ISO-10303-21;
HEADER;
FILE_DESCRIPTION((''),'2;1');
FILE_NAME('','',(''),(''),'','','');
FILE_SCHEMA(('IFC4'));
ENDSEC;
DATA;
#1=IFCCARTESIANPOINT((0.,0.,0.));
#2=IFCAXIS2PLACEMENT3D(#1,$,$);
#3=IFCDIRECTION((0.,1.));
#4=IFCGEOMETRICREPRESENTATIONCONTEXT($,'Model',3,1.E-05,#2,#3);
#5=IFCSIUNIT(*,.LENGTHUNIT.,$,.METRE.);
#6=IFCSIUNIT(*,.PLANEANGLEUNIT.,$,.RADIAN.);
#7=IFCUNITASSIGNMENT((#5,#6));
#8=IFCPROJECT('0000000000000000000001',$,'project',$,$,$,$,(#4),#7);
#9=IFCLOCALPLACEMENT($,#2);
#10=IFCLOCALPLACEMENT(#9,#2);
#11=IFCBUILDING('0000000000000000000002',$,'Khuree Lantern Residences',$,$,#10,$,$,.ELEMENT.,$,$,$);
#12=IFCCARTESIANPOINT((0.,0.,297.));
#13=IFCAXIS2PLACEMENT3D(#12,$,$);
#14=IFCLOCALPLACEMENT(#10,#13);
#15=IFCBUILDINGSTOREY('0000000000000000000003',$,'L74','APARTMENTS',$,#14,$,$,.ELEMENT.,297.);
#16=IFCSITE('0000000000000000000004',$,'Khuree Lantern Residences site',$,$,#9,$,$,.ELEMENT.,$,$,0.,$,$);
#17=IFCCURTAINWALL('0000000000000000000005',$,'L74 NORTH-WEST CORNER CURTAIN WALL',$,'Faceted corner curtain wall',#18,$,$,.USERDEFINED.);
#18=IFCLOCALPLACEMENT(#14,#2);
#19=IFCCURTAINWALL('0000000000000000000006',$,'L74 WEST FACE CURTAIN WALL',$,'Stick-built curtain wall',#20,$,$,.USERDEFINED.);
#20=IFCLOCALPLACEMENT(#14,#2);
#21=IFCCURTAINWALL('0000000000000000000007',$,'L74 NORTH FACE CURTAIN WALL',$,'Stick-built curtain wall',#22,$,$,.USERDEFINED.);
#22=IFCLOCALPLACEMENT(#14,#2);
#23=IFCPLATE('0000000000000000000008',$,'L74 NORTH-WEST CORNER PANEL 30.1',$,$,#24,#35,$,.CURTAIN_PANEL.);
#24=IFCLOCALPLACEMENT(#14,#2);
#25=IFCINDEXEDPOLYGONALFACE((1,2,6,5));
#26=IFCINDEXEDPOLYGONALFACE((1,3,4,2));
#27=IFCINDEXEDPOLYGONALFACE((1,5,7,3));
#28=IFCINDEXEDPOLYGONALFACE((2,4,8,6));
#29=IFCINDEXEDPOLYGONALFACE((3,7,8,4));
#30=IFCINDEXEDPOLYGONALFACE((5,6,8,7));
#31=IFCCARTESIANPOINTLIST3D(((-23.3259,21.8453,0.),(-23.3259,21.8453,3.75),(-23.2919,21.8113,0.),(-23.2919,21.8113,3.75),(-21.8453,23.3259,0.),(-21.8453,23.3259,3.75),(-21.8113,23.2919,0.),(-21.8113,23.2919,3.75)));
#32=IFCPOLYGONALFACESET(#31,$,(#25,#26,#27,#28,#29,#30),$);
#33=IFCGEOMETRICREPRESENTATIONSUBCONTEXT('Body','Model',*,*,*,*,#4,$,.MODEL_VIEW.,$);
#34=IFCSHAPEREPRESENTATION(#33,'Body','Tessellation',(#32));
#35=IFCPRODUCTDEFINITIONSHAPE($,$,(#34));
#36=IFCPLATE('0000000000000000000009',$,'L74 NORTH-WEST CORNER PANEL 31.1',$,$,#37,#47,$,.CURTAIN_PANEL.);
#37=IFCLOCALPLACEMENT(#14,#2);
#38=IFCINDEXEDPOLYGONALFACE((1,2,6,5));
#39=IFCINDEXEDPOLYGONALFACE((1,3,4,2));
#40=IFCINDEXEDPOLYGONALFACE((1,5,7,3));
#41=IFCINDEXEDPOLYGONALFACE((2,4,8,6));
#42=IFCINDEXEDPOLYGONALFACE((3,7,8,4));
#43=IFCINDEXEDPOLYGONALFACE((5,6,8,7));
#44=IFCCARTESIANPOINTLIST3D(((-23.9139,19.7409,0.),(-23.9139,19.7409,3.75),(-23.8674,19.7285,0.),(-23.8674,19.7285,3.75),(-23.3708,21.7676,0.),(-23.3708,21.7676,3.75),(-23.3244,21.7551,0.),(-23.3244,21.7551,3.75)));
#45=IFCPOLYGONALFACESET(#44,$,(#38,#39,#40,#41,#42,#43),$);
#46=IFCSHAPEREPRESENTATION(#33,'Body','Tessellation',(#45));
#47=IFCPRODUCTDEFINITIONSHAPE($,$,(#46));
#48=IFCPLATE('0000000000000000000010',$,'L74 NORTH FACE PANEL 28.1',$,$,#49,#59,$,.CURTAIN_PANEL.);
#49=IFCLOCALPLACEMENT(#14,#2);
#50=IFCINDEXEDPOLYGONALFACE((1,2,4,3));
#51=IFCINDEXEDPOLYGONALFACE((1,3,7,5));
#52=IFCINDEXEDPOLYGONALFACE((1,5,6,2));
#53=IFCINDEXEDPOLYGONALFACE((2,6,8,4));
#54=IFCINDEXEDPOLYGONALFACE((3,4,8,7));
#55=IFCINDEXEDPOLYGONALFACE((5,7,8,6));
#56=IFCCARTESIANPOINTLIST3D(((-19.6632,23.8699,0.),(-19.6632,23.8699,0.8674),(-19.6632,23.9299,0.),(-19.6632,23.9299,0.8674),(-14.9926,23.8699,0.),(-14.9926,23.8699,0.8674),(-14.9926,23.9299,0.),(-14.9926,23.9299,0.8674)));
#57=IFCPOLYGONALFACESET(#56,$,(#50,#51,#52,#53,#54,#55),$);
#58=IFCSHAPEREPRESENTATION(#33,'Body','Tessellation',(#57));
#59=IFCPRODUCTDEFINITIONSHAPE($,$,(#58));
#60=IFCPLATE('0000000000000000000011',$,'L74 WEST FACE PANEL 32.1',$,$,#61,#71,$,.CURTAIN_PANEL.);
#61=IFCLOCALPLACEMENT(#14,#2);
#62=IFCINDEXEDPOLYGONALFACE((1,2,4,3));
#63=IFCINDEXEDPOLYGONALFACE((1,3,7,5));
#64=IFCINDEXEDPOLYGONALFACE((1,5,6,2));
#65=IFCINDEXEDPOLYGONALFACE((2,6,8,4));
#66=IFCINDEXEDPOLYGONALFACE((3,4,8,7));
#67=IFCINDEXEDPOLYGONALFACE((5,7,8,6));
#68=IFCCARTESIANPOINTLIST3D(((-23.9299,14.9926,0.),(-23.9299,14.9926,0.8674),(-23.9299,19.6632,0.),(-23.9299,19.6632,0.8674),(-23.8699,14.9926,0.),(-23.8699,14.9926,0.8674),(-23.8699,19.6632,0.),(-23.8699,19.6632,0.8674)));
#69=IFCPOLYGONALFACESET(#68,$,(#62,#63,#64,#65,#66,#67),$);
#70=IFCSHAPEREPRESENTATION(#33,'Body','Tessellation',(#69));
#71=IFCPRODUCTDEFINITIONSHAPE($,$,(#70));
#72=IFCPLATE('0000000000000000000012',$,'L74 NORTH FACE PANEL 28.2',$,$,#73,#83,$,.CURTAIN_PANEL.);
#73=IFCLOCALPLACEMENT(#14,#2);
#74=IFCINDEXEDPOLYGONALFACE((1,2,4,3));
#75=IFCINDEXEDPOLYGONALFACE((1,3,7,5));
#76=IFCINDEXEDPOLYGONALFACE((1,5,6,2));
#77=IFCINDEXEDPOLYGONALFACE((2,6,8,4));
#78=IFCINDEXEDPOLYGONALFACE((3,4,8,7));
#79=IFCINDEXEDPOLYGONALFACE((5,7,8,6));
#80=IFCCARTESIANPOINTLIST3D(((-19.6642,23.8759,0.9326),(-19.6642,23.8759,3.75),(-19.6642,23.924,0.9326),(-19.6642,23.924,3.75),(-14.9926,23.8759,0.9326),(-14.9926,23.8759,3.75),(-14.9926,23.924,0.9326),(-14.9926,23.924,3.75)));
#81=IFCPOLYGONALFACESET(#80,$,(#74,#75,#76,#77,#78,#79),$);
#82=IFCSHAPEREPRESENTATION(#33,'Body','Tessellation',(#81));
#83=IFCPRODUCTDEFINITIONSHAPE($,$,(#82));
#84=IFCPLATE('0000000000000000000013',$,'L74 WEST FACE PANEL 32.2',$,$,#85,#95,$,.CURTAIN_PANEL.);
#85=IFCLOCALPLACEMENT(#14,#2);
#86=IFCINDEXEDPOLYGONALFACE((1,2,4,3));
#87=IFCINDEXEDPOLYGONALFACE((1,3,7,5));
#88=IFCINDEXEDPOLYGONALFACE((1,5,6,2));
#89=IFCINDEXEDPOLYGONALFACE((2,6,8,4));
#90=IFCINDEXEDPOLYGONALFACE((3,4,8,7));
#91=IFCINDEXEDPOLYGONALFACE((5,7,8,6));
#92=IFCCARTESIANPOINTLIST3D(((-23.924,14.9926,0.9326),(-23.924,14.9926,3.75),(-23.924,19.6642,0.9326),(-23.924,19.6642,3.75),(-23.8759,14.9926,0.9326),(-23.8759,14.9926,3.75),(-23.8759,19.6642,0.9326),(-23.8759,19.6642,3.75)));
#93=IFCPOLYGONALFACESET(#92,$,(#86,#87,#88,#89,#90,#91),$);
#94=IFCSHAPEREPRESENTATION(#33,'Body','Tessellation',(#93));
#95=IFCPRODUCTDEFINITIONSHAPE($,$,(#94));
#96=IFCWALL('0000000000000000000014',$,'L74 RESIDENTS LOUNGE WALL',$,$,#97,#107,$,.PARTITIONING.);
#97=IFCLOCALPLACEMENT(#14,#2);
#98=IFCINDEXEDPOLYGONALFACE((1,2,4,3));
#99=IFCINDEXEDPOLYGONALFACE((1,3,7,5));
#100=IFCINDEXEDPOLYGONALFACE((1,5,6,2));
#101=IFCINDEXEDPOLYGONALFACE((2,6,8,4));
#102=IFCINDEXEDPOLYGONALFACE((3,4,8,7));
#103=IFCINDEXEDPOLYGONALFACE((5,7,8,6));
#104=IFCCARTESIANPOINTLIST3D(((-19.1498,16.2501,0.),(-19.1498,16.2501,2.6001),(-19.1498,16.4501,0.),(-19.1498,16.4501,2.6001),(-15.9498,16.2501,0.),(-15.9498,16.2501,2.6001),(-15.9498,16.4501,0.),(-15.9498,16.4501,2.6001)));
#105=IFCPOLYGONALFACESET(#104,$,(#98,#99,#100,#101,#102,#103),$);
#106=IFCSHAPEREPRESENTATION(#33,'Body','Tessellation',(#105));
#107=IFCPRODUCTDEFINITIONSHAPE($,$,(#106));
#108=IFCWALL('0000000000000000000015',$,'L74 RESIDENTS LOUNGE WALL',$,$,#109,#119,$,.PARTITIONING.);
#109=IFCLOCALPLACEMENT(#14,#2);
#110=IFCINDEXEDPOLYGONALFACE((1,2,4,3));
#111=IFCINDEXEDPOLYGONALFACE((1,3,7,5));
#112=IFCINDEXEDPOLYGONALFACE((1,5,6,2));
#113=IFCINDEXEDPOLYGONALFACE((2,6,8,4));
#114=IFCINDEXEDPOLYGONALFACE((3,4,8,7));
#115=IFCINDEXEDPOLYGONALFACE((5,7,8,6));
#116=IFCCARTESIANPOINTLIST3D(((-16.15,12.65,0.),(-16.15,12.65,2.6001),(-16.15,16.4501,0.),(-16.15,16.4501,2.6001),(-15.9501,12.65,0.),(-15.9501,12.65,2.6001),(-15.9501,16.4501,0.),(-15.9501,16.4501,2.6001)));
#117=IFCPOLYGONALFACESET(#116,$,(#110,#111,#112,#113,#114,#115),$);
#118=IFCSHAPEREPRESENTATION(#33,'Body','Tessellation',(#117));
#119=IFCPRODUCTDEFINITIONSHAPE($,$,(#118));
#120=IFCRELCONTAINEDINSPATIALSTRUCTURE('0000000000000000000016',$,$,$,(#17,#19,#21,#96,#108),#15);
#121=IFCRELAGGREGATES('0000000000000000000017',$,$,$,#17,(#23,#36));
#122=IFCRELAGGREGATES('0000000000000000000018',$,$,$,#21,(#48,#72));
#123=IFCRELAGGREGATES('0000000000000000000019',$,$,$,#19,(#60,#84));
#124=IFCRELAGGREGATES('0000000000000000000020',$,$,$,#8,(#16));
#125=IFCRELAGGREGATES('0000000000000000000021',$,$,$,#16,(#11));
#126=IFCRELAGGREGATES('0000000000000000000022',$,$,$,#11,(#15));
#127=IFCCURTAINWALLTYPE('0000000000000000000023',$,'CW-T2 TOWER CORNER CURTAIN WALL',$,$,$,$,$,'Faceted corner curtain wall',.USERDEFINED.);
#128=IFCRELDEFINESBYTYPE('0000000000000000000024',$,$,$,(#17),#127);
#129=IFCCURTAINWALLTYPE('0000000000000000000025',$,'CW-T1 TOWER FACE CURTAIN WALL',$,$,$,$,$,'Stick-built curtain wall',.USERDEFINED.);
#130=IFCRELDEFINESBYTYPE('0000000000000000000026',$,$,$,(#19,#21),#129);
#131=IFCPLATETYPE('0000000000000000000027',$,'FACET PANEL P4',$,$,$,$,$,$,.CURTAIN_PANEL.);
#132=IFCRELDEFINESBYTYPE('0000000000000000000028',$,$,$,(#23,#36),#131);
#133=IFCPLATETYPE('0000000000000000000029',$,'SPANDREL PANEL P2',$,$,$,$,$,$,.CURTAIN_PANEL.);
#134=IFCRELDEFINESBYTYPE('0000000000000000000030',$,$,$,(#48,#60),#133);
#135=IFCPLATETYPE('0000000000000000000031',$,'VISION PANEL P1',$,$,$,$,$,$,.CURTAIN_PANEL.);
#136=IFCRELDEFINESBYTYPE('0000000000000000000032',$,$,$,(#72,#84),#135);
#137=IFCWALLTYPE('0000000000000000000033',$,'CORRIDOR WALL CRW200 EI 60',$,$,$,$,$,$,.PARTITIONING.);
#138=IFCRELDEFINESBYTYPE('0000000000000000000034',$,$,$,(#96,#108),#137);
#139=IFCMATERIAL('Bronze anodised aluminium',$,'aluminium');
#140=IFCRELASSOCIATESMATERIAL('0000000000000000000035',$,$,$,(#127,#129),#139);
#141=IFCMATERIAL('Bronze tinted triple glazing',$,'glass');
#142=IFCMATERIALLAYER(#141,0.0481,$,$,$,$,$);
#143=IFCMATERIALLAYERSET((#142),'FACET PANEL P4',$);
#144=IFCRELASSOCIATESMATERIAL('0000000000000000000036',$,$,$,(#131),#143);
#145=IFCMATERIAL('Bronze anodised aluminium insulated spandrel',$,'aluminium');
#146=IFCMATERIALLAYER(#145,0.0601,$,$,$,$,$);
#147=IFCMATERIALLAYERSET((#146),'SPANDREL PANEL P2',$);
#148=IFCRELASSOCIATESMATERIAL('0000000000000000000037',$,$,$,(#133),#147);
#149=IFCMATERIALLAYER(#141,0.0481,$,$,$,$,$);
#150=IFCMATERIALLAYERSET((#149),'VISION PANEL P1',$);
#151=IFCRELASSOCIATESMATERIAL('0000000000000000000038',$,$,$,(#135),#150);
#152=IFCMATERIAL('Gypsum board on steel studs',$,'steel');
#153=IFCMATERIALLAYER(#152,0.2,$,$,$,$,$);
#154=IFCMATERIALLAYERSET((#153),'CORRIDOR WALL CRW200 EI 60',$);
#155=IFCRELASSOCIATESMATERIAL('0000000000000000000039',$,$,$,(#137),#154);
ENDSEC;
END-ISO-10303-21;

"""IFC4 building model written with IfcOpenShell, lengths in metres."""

from ifc_helpers import new_model, si_unit, direction, frame, frame_2d, origin, origin_2d, place, context, subcontext, project, spatial, rectangle, extrude, material, layer, layer_set, type_object, element, aggregate, save


model = new_model("IFC4")

# Units and contexts
model_context = context("Model", 3, precision=1e-05, world=origin(), true_north=direction((0.0, 1.0)))
body_context = subcontext(model_context, "Body", "Model", "MODEL_VIEW")
ifc_project = project(units=[si_unit("LENGTHUNIT", "METRE"), si_unit("PLANEANGLEUNIT", "RADIAN")], contexts=[model_context])

# Site, building, storey
site_placement = place(None, origin())
site = spatial("IfcSite", under=ifc_project, at=site_placement, Name="Khuree Lantern Residences site", CompositionType="ELEMENT", RefElevation=0.0)
building_placement = place(site_placement, origin())
building = spatial("IfcBuilding", under=site, at=building_placement, Name="Khuree Lantern Residences", CompositionType="ELEMENT")
storey_placement = place(building_placement, frame((0.0, 0.0, 297.0)))
storey = spatial("IfcBuildingStorey", under=building, at=storey_placement, Name="L74", Description="APARTMENTS", CompositionType="ELEMENT", Elevation=297.0)

# Curtain walls
ifc_material_1 = material(Name="Bronze anodised aluminium", Category="aluminium")
curtain_wall_type_1 = type_object("IfcCurtainWallType", Name="CW-T2 TOWER CORNER CURTAIN WALL", ElementType="Faceted corner curtain wall", PredefinedType="USERDEFINED", material=ifc_material_1)
curtain_wall_1_placement = place(storey_placement, origin())
curtain_wall_1 = element("IfcCurtainWall", 1, at=curtain_wall_1_placement, inside=storey, type_object=curtain_wall_type_1, Name="L74 NORTH-WEST CORNER CURTAIN WALL", ObjectType="Faceted corner curtain wall", PredefinedType="USERDEFINED")
curtain_wall_type_2 = type_object("IfcCurtainWallType", Name="CW-T1 TOWER FACE CURTAIN WALL", ElementType="Stick-built curtain wall", PredefinedType="USERDEFINED", material=ifc_material_1)
curtain_wall_2_placement = place(storey_placement, origin())
curtain_wall_2 = element("IfcCurtainWall", 2, at=curtain_wall_2_placement, inside=storey, type_object=curtain_wall_type_2, Name="L74 WEST FACE CURTAIN WALL", ObjectType="Stick-built curtain wall", PredefinedType="USERDEFINED")

# Curtain wall
curtain_wall_3_placement = place(storey_placement, origin())
curtain_wall_3 = element("IfcCurtainWall", 3, at=curtain_wall_3_placement, inside=storey, type_object=curtain_wall_type_2, Name="L74 NORTH FACE CURTAIN WALL", ObjectType="Stick-built curtain wall", PredefinedType="USERDEFINED")

# Plates
ifc_material_2 = material(Name="Bronze tinted triple glazing", Category="glass")
ifc_layer_1 = layer(ifc_material_2, 0.0481)
ifc_layer_set_1 = layer_set([ifc_layer_1], Name="FACET PANEL P4")
plate_type_1 = type_object("IfcPlateType", Name="FACET PANEL P4", PredefinedType="CURTAIN_PANEL", material=ifc_layer_set_1)
plate_1_placement = place(storey_placement, frame((-22.5686, 22.5686, 0.0), z_axis=(0.0, 0.0, 1.0), x_axis=(-0.707107, -0.707107, 0.0)))
plate_1 = element("IfcPlate", 4, at=plate_1_placement, type_object=plate_type_1, Name="L74 NORTH-WEST CORNER PANEL 30.1", PredefinedType="CURTAIN_PANEL", context=body_context, shape_type="SweptSolid", body=[
    extrude(rectangle(XDim=2.094, YDim=0.0481, at=origin_2d()), origin(), (0.0, 0.0, 1.0), 3.75),
])
plate_2_placement = place(storey_placement, frame((-23.6191, 20.748, 0.0), z_axis=(0.0, 0.0, 1.0), x_axis=(-0.258819, -0.965926, 0.0)))
plate_2 = element("IfcPlate", 5, at=plate_2_placement, type_object=plate_type_1, Name="L74 NORTH-WEST CORNER PANEL 31.1", PredefinedType="CURTAIN_PANEL", context=body_context, shape_type="SweptSolid", body=[
    extrude(rectangle(XDim=2.0981, YDim=0.0481, at=origin_2d()), origin(), (0.0, 0.0, 1.0), 3.75),
])
aggregate(curtain_wall_1, [plate_1, plate_2])
ifc_material_3 = material(Name="Bronze anodised aluminium insulated spandrel", Category="aluminium")
ifc_layer_2 = layer(ifc_material_3, 0.0601)
ifc_layer_set_2 = layer_set([ifc_layer_2], Name="SPANDREL PANEL P2")
plate_type_2 = type_object("IfcPlateType", Name="SPANDREL PANEL P2", PredefinedType="CURTAIN_PANEL", material=ifc_layer_set_2)
plate_3_placement = place(storey_placement, frame((-17.3279, 23.8999, 0.0), z_axis=(0.0, 0.0, 1.0), x_axis=(-1.0, 0.0, 0.0)))
plate_3 = element("IfcPlate", 6, at=plate_3_placement, type_object=plate_type_2, Name="L74 NORTH FACE PANEL 28.1", PredefinedType="CURTAIN_PANEL", context=body_context, shape_type="SweptSolid", body=[
    extrude(rectangle(XDim=4.6707, YDim=0.0601, at=origin_2d()), origin(), (0.0, 0.0, 1.0), 0.8674),
])
plate_4_placement = place(storey_placement, frame((-23.8999, 17.3279, 0.0), z_axis=(0.0, 0.0, 1.0), x_axis=(0.0, -1.0, 0.0)))
plate_4 = element("IfcPlate", 7, at=plate_4_placement, type_object=plate_type_2, Name="L74 WEST FACE PANEL 32.1", PredefinedType="CURTAIN_PANEL", context=body_context, shape_type="SweptSolid", body=[
    extrude(rectangle(XDim=4.6707, YDim=0.0601, at=origin_2d()), origin(), (0.0, 0.0, 1.0), 0.8674),
])
ifc_layer_3 = layer(ifc_material_2, 0.0481)
ifc_layer_set_3 = layer_set([ifc_layer_3], Name="VISION PANEL P1")
plate_type_3 = type_object("IfcPlateType", Name="VISION PANEL P1", PredefinedType="CURTAIN_PANEL", material=ifc_layer_set_3)
plate_5_placement = place(storey_placement, frame((-17.3284, 23.8999, 0.9326), z_axis=(0.0, 0.0, 1.0), x_axis=(-1.0, 0.0, 0.0)))
plate_5 = element("IfcPlate", 8, at=plate_5_placement, type_object=plate_type_3, Name="L74 NORTH FACE PANEL 28.2", PredefinedType="CURTAIN_PANEL", context=body_context, shape_type="SweptSolid", body=[
    extrude(rectangle(XDim=4.6716, YDim=0.0481, at=origin_2d()), origin(), (0.0, 0.0, 1.0), 2.8174),
])
aggregate(curtain_wall_3, [plate_3, plate_5])
plate_6_placement = place(storey_placement, frame((-23.8999, 17.3284, 0.9326), z_axis=(0.0, 0.0, 1.0), x_axis=(0.0, -1.0, 0.0)))
plate_6 = element("IfcPlate", 9, at=plate_6_placement, type_object=plate_type_3, Name="L74 WEST FACE PANEL 32.2", PredefinedType="CURTAIN_PANEL", context=body_context, shape_type="SweptSolid", body=[
    extrude(rectangle(XDim=4.6716, YDim=0.0481, at=origin_2d()), origin(), (0.0, 0.0, 1.0), 2.8174),
])
aggregate(curtain_wall_2, [plate_4, plate_6])

# Walls
ifc_material_4 = material(Name="Gypsum board on steel studs", Category="steel")
ifc_layer_4 = layer(ifc_material_4, 0.2)
ifc_layer_set_4 = layer_set([ifc_layer_4], Name="CORRIDOR WALL CRW200 EI 60")
wall_type = type_object("IfcWallType", Name="CORRIDOR WALL CRW200 EI 60", PredefinedType="PARTITIONING", material=ifc_layer_set_4)
wall_1_placement = place(storey_placement, frame((-19.1499, 16.3501, 0.0), z_axis=(0.0, 0.0, 1.0), x_axis=(1.0, 0.0, 0.0)))
element("IfcWall", 10, at=wall_1_placement, inside=storey, type_object=wall_type, Name="L74 RESIDENTS LOUNGE WALL", PredefinedType="PARTITIONING", context=body_context, shape_type="SweptSolid", body=[
    extrude(rectangle(XDim=3.2, YDim=0.2, at=frame_2d((1.6001, 0.0))), origin(), (0.0, 0.0, 1.0), 2.6001),
])
wall_2_placement = place(storey_placement, frame((-16.05, 16.45, 0.0), z_axis=(0.0, 0.0, 1.0), x_axis=(0.0, -1.0, 0.0)))
element("IfcWall", 11, at=wall_2_placement, inside=storey, type_object=wall_type, Name="L74 RESIDENTS LOUNGE WALL", PredefinedType="PARTITIONING", context=body_context, shape_type="SweptSolid", body=[
    extrude(rectangle(XDim=3.8, YDim=0.2, at=frame_2d((1.8999, 0.0))), origin(), (0.0, 0.0, 1.0), 2.6001),
])

save(model, "model.ifc")
